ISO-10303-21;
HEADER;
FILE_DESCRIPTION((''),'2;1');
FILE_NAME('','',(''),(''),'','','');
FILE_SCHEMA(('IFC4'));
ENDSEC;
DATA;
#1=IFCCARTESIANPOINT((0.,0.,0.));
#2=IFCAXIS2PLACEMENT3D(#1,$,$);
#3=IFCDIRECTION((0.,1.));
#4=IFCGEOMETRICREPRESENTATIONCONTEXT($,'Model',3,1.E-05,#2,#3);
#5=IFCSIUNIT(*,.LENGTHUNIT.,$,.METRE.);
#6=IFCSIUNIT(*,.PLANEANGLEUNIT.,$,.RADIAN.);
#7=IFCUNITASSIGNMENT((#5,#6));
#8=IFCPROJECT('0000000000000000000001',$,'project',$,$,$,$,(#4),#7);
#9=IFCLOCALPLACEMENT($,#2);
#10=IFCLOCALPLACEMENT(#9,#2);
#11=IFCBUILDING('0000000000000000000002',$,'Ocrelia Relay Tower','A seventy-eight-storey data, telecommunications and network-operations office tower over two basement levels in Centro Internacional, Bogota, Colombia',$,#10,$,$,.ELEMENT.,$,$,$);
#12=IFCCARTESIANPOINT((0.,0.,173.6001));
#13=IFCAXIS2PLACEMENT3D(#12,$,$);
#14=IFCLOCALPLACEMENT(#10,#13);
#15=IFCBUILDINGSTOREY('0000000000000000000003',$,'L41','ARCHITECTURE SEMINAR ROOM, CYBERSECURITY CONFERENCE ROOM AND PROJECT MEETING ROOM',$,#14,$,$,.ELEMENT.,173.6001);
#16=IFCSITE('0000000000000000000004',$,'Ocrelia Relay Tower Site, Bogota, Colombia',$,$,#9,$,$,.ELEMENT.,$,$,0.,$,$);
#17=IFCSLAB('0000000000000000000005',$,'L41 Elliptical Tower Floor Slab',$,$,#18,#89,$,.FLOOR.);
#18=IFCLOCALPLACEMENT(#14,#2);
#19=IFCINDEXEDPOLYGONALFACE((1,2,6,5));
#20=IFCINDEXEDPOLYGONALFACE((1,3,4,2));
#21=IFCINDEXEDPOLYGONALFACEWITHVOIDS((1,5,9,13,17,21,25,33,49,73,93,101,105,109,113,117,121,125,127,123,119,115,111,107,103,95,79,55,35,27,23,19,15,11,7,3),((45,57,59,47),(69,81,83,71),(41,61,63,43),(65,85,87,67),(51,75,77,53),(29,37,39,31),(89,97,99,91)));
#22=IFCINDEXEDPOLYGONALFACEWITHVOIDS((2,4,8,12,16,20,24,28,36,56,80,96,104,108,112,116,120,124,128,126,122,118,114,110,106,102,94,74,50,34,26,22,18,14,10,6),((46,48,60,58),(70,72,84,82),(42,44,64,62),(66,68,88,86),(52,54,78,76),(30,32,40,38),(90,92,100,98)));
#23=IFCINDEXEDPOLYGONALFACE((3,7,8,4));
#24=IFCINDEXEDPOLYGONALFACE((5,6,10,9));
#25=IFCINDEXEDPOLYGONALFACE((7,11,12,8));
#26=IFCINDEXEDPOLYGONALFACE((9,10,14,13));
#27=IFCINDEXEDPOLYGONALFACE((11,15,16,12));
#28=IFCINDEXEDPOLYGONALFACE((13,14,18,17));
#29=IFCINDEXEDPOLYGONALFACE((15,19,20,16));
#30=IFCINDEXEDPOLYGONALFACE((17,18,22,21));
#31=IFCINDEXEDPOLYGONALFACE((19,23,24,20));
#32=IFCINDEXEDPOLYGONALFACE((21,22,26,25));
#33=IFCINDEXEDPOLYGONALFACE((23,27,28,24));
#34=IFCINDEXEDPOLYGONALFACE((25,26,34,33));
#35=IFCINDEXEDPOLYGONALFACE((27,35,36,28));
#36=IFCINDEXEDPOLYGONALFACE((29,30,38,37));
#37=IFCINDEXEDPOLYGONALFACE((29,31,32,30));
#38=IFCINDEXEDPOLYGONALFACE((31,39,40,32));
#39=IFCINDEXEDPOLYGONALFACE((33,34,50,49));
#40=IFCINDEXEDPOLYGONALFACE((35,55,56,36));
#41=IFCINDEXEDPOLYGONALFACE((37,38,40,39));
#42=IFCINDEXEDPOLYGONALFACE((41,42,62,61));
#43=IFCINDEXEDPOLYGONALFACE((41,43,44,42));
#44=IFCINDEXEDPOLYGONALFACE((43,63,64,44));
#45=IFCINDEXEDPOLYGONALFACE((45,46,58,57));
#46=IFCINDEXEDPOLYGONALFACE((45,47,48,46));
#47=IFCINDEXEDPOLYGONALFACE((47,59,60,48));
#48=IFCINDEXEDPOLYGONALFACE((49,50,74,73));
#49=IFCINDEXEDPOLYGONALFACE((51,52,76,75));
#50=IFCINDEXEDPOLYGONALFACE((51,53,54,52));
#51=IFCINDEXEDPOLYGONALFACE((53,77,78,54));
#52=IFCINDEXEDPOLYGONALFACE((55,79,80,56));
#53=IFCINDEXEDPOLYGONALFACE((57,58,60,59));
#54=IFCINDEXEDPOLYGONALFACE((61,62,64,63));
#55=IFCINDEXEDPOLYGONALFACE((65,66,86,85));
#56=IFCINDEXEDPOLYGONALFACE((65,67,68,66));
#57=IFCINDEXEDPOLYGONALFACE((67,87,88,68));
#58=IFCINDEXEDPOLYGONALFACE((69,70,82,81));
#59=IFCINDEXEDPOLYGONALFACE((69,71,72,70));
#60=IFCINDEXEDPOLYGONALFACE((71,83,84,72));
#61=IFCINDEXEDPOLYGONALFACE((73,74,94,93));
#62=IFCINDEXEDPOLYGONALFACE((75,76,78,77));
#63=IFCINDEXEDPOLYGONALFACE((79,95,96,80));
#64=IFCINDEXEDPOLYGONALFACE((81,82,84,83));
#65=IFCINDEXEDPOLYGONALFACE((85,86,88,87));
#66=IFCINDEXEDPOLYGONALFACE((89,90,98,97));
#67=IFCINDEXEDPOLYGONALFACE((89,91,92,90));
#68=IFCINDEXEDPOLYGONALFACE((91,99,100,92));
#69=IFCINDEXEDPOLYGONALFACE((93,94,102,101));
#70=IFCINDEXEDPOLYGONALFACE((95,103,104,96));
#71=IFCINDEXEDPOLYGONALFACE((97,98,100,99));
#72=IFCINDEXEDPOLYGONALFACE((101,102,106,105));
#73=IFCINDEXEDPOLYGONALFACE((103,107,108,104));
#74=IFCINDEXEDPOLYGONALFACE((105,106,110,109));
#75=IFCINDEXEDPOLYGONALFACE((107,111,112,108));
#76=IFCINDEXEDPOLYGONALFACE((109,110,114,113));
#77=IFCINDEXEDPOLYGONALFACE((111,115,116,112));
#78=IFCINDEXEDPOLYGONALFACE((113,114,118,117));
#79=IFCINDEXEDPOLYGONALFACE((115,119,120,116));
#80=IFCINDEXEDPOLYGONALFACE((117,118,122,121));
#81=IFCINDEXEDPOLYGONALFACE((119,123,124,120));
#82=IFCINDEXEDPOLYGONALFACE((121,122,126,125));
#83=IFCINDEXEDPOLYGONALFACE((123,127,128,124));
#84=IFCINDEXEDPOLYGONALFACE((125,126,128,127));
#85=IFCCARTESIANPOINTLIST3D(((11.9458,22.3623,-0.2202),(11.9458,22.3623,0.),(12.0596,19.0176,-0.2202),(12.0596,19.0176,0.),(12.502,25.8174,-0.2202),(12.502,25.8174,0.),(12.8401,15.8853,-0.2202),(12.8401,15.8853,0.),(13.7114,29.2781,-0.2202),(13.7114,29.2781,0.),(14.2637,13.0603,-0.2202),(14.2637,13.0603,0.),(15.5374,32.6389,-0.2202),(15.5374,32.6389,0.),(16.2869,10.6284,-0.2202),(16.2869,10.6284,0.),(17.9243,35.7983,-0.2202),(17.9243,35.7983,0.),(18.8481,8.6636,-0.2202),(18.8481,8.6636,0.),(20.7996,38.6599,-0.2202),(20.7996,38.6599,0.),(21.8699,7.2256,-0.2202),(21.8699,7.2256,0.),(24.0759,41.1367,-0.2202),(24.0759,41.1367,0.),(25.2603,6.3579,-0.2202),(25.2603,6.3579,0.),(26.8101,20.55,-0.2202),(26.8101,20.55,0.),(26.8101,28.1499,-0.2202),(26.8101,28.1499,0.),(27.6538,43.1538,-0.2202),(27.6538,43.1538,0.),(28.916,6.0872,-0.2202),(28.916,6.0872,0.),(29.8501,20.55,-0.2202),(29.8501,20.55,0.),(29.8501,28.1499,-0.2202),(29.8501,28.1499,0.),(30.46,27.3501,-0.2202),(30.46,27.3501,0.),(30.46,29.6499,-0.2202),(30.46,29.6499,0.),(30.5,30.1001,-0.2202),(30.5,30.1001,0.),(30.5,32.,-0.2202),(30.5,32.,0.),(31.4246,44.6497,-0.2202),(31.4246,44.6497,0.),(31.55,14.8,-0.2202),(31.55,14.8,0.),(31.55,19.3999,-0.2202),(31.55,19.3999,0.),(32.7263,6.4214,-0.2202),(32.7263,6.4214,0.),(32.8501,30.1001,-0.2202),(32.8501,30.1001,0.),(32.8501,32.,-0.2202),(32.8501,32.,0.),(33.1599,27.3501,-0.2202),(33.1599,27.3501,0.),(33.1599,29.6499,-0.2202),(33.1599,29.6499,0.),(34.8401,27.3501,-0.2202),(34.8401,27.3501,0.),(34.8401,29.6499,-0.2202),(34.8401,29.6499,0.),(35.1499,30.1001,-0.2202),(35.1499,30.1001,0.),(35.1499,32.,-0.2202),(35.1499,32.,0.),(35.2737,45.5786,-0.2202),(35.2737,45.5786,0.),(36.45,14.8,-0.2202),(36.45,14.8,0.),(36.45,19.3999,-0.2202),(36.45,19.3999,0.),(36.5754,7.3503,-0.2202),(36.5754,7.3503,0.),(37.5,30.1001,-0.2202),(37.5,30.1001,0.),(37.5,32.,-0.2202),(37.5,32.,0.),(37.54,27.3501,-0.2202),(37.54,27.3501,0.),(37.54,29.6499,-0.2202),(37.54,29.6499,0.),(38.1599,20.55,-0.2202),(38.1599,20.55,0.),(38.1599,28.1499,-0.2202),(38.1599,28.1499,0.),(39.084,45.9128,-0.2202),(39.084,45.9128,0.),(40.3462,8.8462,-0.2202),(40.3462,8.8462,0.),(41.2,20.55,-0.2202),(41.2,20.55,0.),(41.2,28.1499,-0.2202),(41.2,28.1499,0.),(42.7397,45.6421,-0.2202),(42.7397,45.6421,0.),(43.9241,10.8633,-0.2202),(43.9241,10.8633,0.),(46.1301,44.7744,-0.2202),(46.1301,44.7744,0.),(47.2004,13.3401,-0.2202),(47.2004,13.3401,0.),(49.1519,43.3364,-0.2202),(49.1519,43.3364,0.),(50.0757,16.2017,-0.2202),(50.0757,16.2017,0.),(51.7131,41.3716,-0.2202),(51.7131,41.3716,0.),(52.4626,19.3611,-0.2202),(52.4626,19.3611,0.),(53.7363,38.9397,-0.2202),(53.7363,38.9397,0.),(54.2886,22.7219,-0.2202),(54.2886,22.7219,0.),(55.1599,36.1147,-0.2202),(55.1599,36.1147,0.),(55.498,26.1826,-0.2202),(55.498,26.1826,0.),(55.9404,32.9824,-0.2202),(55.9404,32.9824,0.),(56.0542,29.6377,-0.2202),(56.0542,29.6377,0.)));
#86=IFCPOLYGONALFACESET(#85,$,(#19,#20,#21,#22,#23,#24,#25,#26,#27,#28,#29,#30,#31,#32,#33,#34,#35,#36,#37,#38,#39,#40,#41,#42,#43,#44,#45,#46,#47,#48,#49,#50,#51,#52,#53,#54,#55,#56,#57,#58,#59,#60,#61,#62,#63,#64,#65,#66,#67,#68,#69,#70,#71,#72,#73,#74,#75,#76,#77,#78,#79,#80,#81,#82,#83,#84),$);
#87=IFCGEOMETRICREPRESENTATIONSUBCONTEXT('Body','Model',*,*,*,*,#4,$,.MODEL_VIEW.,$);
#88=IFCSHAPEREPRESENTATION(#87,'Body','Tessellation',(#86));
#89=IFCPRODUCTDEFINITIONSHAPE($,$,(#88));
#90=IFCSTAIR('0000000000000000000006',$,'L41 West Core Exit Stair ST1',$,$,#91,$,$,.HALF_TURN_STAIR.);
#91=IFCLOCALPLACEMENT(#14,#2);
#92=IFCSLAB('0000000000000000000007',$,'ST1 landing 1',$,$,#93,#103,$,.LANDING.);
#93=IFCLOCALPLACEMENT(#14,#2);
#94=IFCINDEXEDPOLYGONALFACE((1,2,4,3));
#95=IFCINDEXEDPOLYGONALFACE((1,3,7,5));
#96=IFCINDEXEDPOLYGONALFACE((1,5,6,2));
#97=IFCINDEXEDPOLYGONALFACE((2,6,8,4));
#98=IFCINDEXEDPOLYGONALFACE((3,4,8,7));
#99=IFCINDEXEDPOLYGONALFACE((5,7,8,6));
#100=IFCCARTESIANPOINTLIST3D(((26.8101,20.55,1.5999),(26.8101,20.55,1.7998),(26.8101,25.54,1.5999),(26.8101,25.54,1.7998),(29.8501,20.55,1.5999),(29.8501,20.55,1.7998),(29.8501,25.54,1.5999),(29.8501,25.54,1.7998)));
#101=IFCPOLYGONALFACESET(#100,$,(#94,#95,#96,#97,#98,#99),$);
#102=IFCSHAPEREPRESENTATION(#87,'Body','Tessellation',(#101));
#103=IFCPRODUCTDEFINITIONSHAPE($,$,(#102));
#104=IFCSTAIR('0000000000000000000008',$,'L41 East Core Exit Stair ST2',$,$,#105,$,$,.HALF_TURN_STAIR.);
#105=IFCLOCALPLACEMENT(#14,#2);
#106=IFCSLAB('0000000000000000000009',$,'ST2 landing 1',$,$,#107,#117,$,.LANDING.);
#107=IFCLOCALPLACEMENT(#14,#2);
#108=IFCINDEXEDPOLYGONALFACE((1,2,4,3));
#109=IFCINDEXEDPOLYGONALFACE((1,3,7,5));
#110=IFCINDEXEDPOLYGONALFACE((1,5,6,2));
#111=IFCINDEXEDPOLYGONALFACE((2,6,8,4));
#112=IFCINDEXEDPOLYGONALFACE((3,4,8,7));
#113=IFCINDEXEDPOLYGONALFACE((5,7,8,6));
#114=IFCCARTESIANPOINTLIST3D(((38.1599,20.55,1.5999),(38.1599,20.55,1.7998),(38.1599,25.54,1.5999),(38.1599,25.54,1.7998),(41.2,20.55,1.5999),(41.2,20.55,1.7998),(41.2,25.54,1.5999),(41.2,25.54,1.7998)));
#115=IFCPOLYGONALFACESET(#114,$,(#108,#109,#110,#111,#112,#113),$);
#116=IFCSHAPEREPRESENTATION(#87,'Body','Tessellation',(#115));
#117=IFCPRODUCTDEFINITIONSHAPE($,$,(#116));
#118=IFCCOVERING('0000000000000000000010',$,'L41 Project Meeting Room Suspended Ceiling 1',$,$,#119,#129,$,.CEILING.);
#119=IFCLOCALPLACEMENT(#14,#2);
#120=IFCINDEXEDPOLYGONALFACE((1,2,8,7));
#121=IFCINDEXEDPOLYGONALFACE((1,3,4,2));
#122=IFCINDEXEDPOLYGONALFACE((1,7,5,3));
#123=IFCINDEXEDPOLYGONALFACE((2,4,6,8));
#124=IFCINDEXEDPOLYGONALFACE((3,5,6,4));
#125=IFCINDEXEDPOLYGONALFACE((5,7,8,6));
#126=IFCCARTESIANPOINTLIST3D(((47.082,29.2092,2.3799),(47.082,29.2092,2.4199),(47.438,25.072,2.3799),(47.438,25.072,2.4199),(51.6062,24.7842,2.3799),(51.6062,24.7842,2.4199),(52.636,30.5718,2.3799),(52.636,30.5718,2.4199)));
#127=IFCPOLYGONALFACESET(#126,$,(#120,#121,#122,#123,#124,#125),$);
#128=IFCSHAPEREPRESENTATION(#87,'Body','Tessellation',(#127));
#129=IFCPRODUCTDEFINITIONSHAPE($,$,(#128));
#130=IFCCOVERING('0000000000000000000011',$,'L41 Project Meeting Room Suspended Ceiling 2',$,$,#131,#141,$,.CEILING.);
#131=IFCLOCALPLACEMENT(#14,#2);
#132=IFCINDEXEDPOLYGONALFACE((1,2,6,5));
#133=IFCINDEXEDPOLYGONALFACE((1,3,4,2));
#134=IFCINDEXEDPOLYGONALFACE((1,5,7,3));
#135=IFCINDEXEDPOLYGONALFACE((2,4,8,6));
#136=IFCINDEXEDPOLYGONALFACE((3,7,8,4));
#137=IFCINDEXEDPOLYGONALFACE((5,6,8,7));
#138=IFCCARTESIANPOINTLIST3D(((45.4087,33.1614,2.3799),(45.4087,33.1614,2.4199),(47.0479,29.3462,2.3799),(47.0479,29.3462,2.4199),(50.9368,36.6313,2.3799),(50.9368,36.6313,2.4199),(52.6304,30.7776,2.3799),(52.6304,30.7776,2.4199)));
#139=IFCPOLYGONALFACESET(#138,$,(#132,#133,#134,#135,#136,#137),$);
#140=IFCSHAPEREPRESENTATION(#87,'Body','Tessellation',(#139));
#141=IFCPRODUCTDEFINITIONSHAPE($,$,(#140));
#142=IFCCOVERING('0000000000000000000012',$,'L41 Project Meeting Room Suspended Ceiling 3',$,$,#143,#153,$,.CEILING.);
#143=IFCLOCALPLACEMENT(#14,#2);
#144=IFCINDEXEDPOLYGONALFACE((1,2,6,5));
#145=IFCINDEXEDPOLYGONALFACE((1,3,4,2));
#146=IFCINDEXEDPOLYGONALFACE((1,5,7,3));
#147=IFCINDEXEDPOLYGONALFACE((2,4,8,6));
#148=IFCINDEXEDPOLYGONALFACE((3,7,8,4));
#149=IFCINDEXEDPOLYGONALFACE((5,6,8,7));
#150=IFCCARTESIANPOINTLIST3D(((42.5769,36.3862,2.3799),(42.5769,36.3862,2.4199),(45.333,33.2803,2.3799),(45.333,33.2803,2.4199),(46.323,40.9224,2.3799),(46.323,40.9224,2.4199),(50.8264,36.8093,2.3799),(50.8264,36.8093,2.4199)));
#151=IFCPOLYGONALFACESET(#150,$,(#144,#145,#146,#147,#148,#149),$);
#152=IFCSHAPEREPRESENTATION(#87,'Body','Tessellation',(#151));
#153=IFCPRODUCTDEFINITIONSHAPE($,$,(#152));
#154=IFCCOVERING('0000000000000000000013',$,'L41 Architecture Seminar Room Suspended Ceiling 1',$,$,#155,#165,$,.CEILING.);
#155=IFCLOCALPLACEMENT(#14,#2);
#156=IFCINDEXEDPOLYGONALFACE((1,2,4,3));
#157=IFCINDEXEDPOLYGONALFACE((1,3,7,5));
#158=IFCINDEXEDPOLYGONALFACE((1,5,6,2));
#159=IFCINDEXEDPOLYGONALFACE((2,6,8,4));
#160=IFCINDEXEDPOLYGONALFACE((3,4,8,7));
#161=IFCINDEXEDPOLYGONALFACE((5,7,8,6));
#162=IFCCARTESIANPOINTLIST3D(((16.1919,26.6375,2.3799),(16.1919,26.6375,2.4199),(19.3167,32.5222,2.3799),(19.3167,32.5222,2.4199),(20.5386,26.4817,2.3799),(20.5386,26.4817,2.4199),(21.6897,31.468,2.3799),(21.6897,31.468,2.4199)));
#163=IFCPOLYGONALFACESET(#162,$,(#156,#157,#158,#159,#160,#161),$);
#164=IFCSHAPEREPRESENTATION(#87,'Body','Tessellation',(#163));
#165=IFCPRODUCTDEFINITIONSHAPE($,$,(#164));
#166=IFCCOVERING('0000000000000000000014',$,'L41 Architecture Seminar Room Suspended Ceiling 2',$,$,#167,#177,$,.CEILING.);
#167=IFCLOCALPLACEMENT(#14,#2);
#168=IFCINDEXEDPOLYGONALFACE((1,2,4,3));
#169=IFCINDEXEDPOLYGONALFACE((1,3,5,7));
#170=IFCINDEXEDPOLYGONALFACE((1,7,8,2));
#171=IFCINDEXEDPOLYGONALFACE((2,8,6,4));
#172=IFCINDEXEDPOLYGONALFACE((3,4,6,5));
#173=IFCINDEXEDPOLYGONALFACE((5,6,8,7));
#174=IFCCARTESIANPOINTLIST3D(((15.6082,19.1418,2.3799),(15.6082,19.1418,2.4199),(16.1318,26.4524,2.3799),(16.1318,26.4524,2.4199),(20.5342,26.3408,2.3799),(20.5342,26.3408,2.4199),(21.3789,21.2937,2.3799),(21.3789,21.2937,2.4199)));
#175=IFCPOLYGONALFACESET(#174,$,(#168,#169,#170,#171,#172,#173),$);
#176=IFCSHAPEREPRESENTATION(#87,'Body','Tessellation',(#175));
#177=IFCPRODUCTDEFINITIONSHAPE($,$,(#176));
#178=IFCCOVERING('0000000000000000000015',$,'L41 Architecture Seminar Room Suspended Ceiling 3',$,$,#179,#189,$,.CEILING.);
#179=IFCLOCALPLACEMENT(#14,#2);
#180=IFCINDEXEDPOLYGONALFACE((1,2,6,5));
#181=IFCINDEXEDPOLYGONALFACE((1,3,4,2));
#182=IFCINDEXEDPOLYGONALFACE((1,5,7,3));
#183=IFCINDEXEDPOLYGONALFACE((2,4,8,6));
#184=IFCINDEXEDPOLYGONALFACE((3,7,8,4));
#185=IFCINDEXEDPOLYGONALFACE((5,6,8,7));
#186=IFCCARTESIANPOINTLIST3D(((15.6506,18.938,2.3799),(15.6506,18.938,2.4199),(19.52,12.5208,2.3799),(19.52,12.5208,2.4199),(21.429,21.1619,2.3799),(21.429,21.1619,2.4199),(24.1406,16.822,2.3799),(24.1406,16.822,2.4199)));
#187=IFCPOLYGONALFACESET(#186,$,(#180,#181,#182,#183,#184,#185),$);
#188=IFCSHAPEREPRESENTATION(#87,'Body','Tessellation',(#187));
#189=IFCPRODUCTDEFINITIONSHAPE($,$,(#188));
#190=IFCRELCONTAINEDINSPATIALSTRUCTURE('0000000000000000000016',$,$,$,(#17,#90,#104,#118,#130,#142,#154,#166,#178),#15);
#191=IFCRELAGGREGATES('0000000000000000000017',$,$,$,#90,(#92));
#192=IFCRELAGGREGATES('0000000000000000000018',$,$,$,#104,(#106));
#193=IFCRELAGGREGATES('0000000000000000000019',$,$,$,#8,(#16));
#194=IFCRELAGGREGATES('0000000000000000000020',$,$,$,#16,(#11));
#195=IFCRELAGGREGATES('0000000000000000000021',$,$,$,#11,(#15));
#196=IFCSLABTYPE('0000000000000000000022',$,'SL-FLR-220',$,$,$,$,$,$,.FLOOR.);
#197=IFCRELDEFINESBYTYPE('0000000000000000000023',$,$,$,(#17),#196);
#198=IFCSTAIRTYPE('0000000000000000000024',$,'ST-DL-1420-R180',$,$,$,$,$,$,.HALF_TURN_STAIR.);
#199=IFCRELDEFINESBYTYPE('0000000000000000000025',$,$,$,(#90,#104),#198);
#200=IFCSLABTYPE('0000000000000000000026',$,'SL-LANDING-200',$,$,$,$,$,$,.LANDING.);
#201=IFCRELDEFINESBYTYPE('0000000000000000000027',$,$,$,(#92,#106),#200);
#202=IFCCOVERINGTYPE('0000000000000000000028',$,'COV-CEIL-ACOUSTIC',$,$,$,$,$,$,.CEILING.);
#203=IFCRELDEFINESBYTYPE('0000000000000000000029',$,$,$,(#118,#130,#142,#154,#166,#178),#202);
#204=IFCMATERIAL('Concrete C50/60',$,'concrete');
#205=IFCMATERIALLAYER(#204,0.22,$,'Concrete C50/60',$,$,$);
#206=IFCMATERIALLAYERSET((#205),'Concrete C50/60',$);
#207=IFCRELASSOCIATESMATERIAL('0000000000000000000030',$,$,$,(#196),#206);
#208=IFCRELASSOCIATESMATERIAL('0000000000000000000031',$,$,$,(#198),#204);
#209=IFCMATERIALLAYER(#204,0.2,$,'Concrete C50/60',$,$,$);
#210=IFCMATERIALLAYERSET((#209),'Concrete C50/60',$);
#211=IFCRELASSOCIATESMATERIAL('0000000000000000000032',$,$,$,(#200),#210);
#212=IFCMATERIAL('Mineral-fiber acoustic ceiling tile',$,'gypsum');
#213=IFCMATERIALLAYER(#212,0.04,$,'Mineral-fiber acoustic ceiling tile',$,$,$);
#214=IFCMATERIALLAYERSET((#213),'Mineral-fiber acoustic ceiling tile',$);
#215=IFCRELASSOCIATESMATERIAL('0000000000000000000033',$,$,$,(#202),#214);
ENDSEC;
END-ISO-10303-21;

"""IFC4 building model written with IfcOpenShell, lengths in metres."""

from ifc_helpers import new_model, si_unit, direction, frame, origin, place, context, subcontext, project, spatial, polyline, outline, extrude, material, layer, layer_set, type_object, element, aggregate, save


model = new_model("IFC4")

# Units and contexts
model_context = context("Model", 3, precision=1e-05, world=origin(), true_north=direction((0.0, 1.0)))
body_context = subcontext(model_context, "Body", "Model", "MODEL_VIEW")
ifc_project = project(units=[si_unit("LENGTHUNIT", "METRE"), si_unit("PLANEANGLEUNIT", "RADIAN")], contexts=[model_context])

# Site, building, storey
site_placement = place(None, origin())
site = spatial("IfcSite", under=ifc_project, at=site_placement, Name="Ocrelia Relay Tower Site, Bogota, Colombia", CompositionType="ELEMENT", RefElevation=0.0)
building_placement = place(site_placement, origin())
building = spatial("IfcBuilding", under=site, at=building_placement, Name="Ocrelia Relay Tower", Description="A seventy-eight-storey data, telecommunications and network-operations office tower over two basement levels in Centro Internacional, Bogota, Colombia", CompositionType="ELEMENT")
storey_placement = place(building_placement, frame((0.0, 0.0, 173.6001)))
storey = spatial("IfcBuildingStorey", under=building, at=storey_placement, Name="L41", Description="ARCHITECTURE SEMINAR ROOM, CYBERSECURITY CONFERENCE ROOM AND PROJECT MEETING ROOM", CompositionType="ELEMENT", Elevation=173.6001)

# Slab
ifc_material_1 = material(Name="Concrete C50/60", Category="concrete")
ifc_layer_1 = layer(ifc_material_1, 0.22, Name="Concrete C50/60")
ifc_layer_set_1 = layer_set([ifc_layer_1], Name="Concrete C50/60")
slab_type_1 = type_object("IfcSlabType", Name="SL-FLR-220", PredefinedType="FLOOR", material=ifc_layer_set_1)
slab_1_placement = place(storey_placement, frame((0.0, 0.0, -0.2202)))
element("IfcSlab", 1, at=slab_1_placement, inside=storey, type_object=slab_type_1, Name="L41 Elliptical Tower Floor Slab", PredefinedType="FLOOR", context=body_context, shape_type="SweptSolid", body=[
    extrude(outline(polyline([(53.7363, 38.9397), (51.7131, 41.3716), (49.1519, 43.3364), (46.1301, 44.7744), (42.7397, 45.6421), (39.084, 45.9128), (35.2737, 45.5786), (31.4246, 44.6497), (27.6538, 43.1538), (24.0759, 41.1367), (20.7996, 38.6599), (17.9243, 35.7983), (15.5374, 32.6389), (13.7114, 29.2781), (12.502, 25.8174), (11.9458, 22.3623), (12.0596, 19.0176), (12.8401, 15.8853), (14.2637, 13.0603), (16.2869, 10.6284), (18.8481, 8.6636), (21.8699, 7.2256), (25.2603, 6.3579), (28.916, 6.0872), (32.7263, 6.4214), (36.5754, 7.3503), (40.3462, 8.8462), (43.9241, 10.8633), (47.2004, 13.3401), (50.0757, 16.2017), (52.4626, 19.3611), (54.2886, 22.7219), (55.498, 26.1826), (56.0542, 29.6377), (55.9404, 32.9824), (55.1599, 36.1147), (53.7363, 38.9397)]), holes=[polyline([(26.8101, 28.1499), (26.8101, 20.55), (29.8501, 20.55), (29.8501, 28.1499), (26.8101, 28.1499)]), polyline([(38.1599, 28.1499), (38.1599, 20.55), (41.2, 20.55), (41.2, 28.1499), (38.1599, 28.1499)]), polyline([(30.46, 27.3501), (33.1599, 27.3501), (33.1599, 29.6499), (30.46, 29.6499), (30.46, 27.3501)]), polyline([(34.8401, 27.3501), (37.54, 27.3501), (37.54, 29.6499), (34.8401, 29.6499), (34.8401, 27.3501)]), polyline([(30.5, 30.1001), (32.8501, 30.1001), (32.8501, 32.0), (30.5, 32.0), (30.5, 30.1001)]), polyline([(35.1499, 30.1001), (37.5, 30.1001), (37.5, 32.0), (35.1499, 32.0), (35.1499, 30.1001)]), polyline([(31.55, 14.8), (36.45, 14.8), (36.45, 19.3999), (31.55, 19.3999), (31.55, 14.8)])]), origin(), (0.0, 0.0, 1.0), 0.2202),
])

# Stairs, slabs
stair_type = type_object("IfcStairType", Name="ST-DL-1420-R180", PredefinedType="HALF_TURN_STAIR", material=ifc_material_1)
stair_1_placement = place(storey_placement, origin())
stair_1 = element("IfcStair", 2, at=stair_1_placement, inside=storey, type_object=stair_type, Name="L41 West Core Exit Stair ST1", PredefinedType="HALF_TURN_STAIR")
ifc_layer_2 = layer(ifc_material_1, 0.2, Name="Concrete C50/60")
ifc_layer_set_2 = layer_set([ifc_layer_2], Name="Concrete C50/60")
slab_type_2 = type_object("IfcSlabType", Name="SL-LANDING-200", PredefinedType="LANDING", material=ifc_layer_set_2)
slab_2_placement = place(storey_placement, frame((0.0, 0.0, 1.5999)))
slab_2 = element("IfcSlab", 3, at=slab_2_placement, type_object=slab_type_2, Name="ST1 landing 1", PredefinedType="LANDING", context=body_context, shape_type="SweptSolid", body=[
    extrude(outline(polyline([(26.8101, 25.54), (26.8101, 20.55), (29.8501, 20.55), (29.8501, 25.54), (26.8101, 25.54)])), origin(), (0.0, 0.0, 1.0), 0.2),
])
aggregate(stair_1, [slab_2])
stair_2_placement = place(storey_placement, origin())
stair_2 = element("IfcStair", 4, at=stair_2_placement, inside=storey, type_object=stair_type, Name="L41 East Core Exit Stair ST2", PredefinedType="HALF_TURN_STAIR")
slab_3_placement = place(storey_placement, frame((0.0, 0.0, 1.5999)))
slab_3 = element("IfcSlab", 5, at=slab_3_placement, type_object=slab_type_2, Name="ST2 landing 1", PredefinedType="LANDING", context=body_context, shape_type="SweptSolid", body=[
    extrude(outline(polyline([(38.1599, 25.54), (38.1599, 20.55), (41.2, 20.55), (41.2, 25.54), (38.1599, 25.54)])), origin(), (0.0, 0.0, 1.0), 0.2),
])
aggregate(stair_2, [slab_3])

# Coverings
ifc_material_2 = material(Name="Mineral-fiber acoustic ceiling tile", Category="gypsum")
ifc_layer_3 = layer(ifc_material_2, 0.04, Name="Mineral-fiber acoustic ceiling tile")
ifc_layer_set_3 = layer_set([ifc_layer_3], Name="Mineral-fiber acoustic ceiling tile")
covering_type = type_object("IfcCoveringType", Name="COV-CEIL-ACOUSTIC", PredefinedType="CEILING", material=ifc_layer_set_3)
covering_1_placement = place(storey_placement, frame((0.0, 0.0, 2.3799)))
element("IfcCovering", 6, at=covering_1_placement, inside=storey, type_object=covering_type, Name="L41 Project Meeting Room Suspended Ceiling 1", PredefinedType="CEILING", context=body_context, shape_type="SweptSolid", body=[
    extrude(outline(polyline([(47.438, 25.072), (51.6062, 24.7842), (52.636, 30.5718), (47.082, 29.2092), (47.438, 25.072)])), origin(), (0.0, 0.0, 1.0), 0.04),
])
covering_2_placement = place(storey_placement, frame((0.0, 0.0, 2.3799)))
element("IfcCovering", 7, at=covering_2_placement, inside=storey, type_object=covering_type, Name="L41 Project Meeting Room Suspended Ceiling 2", PredefinedType="CEILING", context=body_context, shape_type="SweptSolid", body=[
    extrude(outline(polyline([(47.0479, 29.3462), (52.6304, 30.7776), (50.9368, 36.6313), (45.4087, 33.1614), (47.0479, 29.3462)])), origin(), (0.0, 0.0, 1.0), 0.04),
])
covering_3_placement = place(storey_placement, frame((0.0, 0.0, 2.3799)))
element("IfcCovering", 8, at=covering_3_placement, inside=storey, type_object=covering_type, Name="L41 Project Meeting Room Suspended Ceiling 3", PredefinedType="CEILING", context=body_context, shape_type="SweptSolid", body=[
    extrude(outline(polyline([(45.333, 33.2803), (50.8264, 36.8093), (46.323, 40.9224), (42.5769, 36.3862), (45.333, 33.2803)])), origin(), (0.0, 0.0, 1.0), 0.04),
])
covering_4_placement = place(storey_placement, frame((0.0, 0.0, 2.3799)))
element("IfcCovering", 9, at=covering_4_placement, inside=storey, type_object=covering_type, Name="L41 Architecture Seminar Room Suspended Ceiling 1", PredefinedType="CEILING", context=body_context, shape_type="SweptSolid", body=[
    extrude(outline(polyline([(21.6897, 31.468), (19.3167, 32.5222), (16.1919, 26.6375), (20.5386, 26.4817), (21.6897, 31.468)])), origin(), (0.0, 0.0, 1.0), 0.04),
])
covering_5_placement = place(storey_placement, frame((0.0, 0.0, 2.3799)))
element("IfcCovering", 10, at=covering_5_placement, inside=storey, type_object=covering_type, Name="L41 Architecture Seminar Room Suspended Ceiling 2", PredefinedType="CEILING", context=body_context, shape_type="SweptSolid", body=[
    extrude(outline(polyline([(20.5342, 26.3408), (16.1318, 26.4524), (15.6082, 19.1418), (21.3789, 21.2937), (20.5342, 26.3408)])), origin(), (0.0, 0.0, 1.0), 0.04),
])
covering_6_placement = place(storey_placement, frame((0.0, 0.0, 2.3799)))
element("IfcCovering", 11, at=covering_6_placement, inside=storey, type_object=covering_type, Name="L41 Architecture Seminar Room Suspended Ceiling 3", PredefinedType="CEILING", context=body_context, shape_type="SweptSolid", body=[
    extrude(outline(polyline([(21.429, 21.1619), (15.6506, 18.938), (19.52, 12.5208), (24.1406, 16.822), (21.429, 21.1619)])), origin(), (0.0, 0.0, 1.0), 0.04),
])

save(model, "model.ifc")
